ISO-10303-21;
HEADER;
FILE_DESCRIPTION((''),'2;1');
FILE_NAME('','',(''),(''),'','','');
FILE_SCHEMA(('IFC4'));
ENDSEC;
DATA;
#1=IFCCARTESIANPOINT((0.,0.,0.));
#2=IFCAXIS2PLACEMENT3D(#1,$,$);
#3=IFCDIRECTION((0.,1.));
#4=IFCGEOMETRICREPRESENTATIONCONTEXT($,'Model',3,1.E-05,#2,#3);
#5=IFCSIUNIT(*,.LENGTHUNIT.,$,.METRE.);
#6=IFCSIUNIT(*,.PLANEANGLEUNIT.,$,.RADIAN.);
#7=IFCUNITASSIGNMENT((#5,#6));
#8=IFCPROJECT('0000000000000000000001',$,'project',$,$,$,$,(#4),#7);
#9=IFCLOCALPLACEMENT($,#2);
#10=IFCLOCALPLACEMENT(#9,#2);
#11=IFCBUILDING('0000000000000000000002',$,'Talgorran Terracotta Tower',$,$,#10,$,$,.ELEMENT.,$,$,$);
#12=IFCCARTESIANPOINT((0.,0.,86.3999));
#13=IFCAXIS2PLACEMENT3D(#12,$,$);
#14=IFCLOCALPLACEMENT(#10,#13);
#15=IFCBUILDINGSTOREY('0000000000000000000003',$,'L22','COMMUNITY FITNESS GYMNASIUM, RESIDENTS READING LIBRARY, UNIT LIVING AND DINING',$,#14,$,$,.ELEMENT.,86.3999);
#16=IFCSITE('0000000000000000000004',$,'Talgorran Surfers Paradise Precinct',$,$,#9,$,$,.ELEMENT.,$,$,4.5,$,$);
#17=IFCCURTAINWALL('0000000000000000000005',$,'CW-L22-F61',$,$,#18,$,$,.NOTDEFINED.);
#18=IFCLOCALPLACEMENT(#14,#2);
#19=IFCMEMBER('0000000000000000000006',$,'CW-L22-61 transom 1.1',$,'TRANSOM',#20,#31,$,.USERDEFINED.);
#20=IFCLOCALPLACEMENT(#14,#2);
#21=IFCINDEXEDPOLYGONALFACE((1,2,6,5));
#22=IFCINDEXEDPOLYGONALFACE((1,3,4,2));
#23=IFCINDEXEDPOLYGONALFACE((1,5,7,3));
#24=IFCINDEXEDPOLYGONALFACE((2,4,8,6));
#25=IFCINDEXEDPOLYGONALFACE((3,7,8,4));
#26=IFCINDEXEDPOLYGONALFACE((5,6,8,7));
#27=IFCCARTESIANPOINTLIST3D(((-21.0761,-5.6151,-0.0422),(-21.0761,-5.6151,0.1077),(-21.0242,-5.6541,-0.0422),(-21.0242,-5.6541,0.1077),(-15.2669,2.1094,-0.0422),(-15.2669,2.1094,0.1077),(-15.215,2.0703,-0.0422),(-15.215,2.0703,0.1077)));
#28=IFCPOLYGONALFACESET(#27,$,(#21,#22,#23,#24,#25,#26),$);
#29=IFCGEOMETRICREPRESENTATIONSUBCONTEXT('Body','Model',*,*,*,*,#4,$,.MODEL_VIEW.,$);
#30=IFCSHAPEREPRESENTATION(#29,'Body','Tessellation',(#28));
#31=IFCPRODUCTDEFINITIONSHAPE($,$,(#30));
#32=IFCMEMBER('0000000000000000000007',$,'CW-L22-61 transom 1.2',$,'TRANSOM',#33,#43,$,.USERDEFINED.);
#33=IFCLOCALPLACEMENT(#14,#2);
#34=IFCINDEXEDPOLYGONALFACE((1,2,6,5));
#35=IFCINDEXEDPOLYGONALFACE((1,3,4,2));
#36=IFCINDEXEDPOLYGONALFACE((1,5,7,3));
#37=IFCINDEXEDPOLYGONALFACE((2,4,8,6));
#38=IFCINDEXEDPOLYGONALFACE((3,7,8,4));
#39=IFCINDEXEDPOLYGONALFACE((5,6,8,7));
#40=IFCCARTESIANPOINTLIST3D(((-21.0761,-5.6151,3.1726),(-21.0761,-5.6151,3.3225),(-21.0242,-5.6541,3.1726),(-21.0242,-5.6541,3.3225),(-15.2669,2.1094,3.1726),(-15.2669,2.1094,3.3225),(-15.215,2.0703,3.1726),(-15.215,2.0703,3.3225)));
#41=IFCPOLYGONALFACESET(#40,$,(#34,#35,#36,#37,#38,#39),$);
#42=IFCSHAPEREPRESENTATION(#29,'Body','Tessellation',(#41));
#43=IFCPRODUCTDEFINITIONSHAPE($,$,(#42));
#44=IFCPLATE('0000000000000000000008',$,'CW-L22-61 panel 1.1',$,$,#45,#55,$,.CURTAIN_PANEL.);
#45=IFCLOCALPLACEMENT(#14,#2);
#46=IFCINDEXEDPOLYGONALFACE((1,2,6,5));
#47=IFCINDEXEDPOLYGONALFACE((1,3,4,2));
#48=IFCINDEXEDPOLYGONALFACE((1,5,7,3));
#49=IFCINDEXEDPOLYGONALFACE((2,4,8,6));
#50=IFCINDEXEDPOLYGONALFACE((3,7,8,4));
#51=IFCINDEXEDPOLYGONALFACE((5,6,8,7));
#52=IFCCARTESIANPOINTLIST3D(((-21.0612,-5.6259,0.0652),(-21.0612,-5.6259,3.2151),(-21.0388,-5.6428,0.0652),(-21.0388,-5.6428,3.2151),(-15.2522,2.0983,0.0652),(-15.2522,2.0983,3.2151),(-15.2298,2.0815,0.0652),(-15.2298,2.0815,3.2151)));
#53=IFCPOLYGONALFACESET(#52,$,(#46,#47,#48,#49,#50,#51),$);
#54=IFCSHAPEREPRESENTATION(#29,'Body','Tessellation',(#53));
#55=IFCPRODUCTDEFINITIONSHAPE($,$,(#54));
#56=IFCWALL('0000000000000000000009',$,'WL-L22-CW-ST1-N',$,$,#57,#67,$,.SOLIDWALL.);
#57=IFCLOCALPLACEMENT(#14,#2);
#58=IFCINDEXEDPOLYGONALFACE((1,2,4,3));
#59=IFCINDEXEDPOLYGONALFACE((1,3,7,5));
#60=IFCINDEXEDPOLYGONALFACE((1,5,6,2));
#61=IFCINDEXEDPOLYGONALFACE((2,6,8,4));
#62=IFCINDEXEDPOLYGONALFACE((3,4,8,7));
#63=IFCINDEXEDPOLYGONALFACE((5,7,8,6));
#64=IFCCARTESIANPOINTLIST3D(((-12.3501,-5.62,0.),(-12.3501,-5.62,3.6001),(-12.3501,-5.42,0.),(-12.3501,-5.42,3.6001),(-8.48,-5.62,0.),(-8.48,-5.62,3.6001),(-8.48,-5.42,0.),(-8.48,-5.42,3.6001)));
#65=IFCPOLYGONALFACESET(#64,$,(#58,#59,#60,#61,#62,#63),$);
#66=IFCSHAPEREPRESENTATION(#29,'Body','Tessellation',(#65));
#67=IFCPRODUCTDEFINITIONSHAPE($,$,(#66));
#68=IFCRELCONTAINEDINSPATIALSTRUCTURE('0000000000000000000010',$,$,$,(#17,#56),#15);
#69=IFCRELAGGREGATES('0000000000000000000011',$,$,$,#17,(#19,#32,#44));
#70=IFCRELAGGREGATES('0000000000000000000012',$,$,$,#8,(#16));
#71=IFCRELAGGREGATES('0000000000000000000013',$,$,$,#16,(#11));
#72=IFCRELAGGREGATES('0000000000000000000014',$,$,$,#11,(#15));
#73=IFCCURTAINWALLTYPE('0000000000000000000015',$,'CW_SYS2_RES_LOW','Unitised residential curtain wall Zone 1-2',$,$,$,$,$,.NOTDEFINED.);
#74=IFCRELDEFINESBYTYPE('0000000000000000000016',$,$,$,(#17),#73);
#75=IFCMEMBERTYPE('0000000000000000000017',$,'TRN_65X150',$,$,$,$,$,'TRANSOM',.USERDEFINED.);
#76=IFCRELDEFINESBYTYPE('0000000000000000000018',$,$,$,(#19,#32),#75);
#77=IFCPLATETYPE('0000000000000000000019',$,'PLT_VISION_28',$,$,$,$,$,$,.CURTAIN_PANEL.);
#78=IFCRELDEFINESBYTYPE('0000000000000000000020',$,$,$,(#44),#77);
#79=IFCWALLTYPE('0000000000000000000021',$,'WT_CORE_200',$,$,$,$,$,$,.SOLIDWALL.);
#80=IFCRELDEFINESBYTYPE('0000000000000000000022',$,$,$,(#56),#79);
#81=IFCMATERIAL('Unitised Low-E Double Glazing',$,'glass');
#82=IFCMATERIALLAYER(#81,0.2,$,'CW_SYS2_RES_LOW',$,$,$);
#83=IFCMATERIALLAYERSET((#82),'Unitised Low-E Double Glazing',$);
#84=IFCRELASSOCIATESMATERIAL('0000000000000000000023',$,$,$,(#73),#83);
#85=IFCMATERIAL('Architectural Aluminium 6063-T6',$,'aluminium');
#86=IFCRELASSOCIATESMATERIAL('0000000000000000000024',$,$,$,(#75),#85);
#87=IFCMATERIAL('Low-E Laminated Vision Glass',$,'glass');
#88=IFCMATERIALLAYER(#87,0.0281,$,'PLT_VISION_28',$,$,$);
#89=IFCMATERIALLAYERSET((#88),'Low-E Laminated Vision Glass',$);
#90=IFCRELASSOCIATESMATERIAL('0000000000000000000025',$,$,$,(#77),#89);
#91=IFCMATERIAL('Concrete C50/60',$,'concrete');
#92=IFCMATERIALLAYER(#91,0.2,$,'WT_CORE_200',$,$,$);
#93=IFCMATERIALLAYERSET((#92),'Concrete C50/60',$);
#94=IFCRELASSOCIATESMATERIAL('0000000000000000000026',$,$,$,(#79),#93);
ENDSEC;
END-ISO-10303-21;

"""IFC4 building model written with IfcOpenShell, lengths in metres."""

from ifc_helpers import new_model, si_unit, direction, frame, frame_2d, origin, origin_2d, place, context, subcontext, project, spatial, rectangle, extrude, source, transform, mapped, material, layer, layer_set, material_profile, profile_set, type_object, type_shapes, element, aggregate, save


model = new_model("IFC4")

# Units and contexts
model_context = context("Model", 3, precision=1e-05, world=origin(), true_north=direction((0.0, 1.0)))
body_context = subcontext(model_context, "Body", "Model", "MODEL_VIEW")
ifc_project = project(units=[si_unit("LENGTHUNIT", "METRE"), si_unit("PLANEANGLEUNIT", "RADIAN")], contexts=[model_context])

# Site, building, storey
site_placement = place(None, origin())
site = spatial("IfcSite", under=ifc_project, at=site_placement, Name="Talgorran Surfers Paradise Precinct", CompositionType="ELEMENT", RefElevation=4.5)
building_placement = place(site_placement, origin())
building = spatial("IfcBuilding", under=site, at=building_placement, Name="Talgorran Terracotta Tower", CompositionType="ELEMENT")
storey_placement = place(building_placement, frame((0.0, 0.0, 86.3999)))
storey = spatial("IfcBuildingStorey", under=building, at=storey_placement, Name="L22", Description="COMMUNITY FITNESS GYMNASIUM, RESIDENTS READING LIBRARY, UNIT LIVING AND DINING", CompositionType="ELEMENT", Elevation=86.3999)

# Curtain wall, members, plate
ifc_material_1 = material(Name="Unitised Low-E Double Glazing", Category="glass")
ifc_layer_1 = layer(ifc_material_1, 0.2, Name="CW_SYS2_RES_LOW")
ifc_layer_set_1 = layer_set([ifc_layer_1], Name="Unitised Low-E Double Glazing")
curtain_wall_type = type_object("IfcCurtainWallType", Name="CW_SYS2_RES_LOW", Description="Unitised residential curtain wall Zone 1-2", PredefinedType="NOTDEFINED", material=ifc_layer_set_1)
curtain_wall_placement = place(storey_placement, origin())
curtain_wall = element("IfcCurtainWall", 1, at=curtain_wall_placement, inside=storey, type_object=curtain_wall_type, Name="CW-L22-F61", PredefinedType="NOTDEFINED")
ifc_material_2 = material(Name="Architectural Aluminium 6063-T6", Category="aluminium")
ifc_material_profile_1 = material_profile(ifc_material_2, rectangle(XDim=0.0649, YDim=0.1499, at=origin_2d()), Name="CWT65X150")
ifc_profile_set_1 = profile_set([ifc_material_profile_1], Name="Architectural Aluminium 6063-T6")
member_type_1 = type_object("IfcMemberType", Name="TRN_65X150", ElementType="TRANSOM", PredefinedType="USERDEFINED", material=ifc_profile_set_1)
member_1_placement = place(storey_placement, frame((-15.241, 2.0898, 0.0327), z_axis=(-0.601046, -0.799214, 0.0), x_axis=(0.799214, -0.601046, 0.0)))
member_1 = element("IfcMember", 2, at=member_1_placement, type_object=member_type_1, Name="CW-L22-61 transom 1.1", ObjectType="TRANSOM", PredefinedType="USERDEFINED", context=body_context, shape_type="SweptSolid", body=[
    extrude(rectangle(XDim=0.0649, YDim=0.1499, at=origin_2d()), origin(), (0.0, 0.0, 1.0), 9.665),
])
member_2_placement = place(storey_placement, frame((-15.241, 2.0898, 3.2476), z_axis=(-0.601046, -0.799214, 0.0), x_axis=(0.799214, -0.601046, 0.0)))
member_2 = element("IfcMember", 3, at=member_2_placement, type_object=member_type_1, Name="CW-L22-61 transom 1.2", ObjectType="TRANSOM", PredefinedType="USERDEFINED", context=body_context, shape_type="SweptSolid", body=[
    extrude(rectangle(XDim=0.0649, YDim=0.1499, at=origin_2d()), origin(), (0.0, 0.0, 1.0), 9.665),
])
ifc_material_3 = material(Name="Low-E Laminated Vision Glass", Category="glass")
ifc_layer_2 = layer(ifc_material_3, 0.0281, Name="PLT_VISION_28")
ifc_layer_set_2 = layer_set([ifc_layer_2], Name="Low-E Laminated Vision Glass")
plate_type = type_object("IfcPlateType", Name="PLT_VISION_28", PredefinedType="CURTAIN_PANEL", material=ifc_layer_set_2)
shared_shape = source(origin(), body_context, "Body", "SweptSolid", [
    extrude(rectangle(XDim=9.6648, YDim=0.0281, at=origin_2d()), origin(), (0.0, 0.0, 1.0), 3.1499),
])
type_shapes(plate_type, [shared_shape])
plate_placement = place(storey_placement, frame((-18.1455, -1.7722, 0.0652), z_axis=(0.0, 0.0, 1.0), x_axis=(-0.601048, -0.799213, 0.0)))
plate = element("IfcPlate", 4, at=plate_placement, type_object=plate_type, Name="CW-L22-61 panel 1.1", PredefinedType="CURTAIN_PANEL", context=body_context, shape_type="MappedRepresentation", body=[
    mapped(shared_shape, transform((0.0, 0.0, 0.0), scale=1.0)),
])
aggregate(curtain_wall, [member_1, member_2, plate])

# Wall
ifc_material_4 = material(Name="Concrete C50/60", Category="concrete")
ifc_layer_3 = layer(ifc_material_4, 0.2, Name="WT_CORE_200")
ifc_layer_set_3 = layer_set([ifc_layer_3], Name="Concrete C50/60")
wall_type_1 = type_object("IfcWallType", Name="WT_CORE_200", PredefinedType="SOLIDWALL", material=ifc_layer_set_3)
wall_1_placement = place(storey_placement, frame((-12.3501, -5.52, 0.0), z_axis=(0.0, 0.0, 1.0), x_axis=(1.0, 0.0, 0.0)))
element("IfcWall", 5, at=wall_1_placement, inside=storey, type_object=wall_type_1, Name="WL-L22-CW-ST1-N", PredefinedType="SOLIDWALL", context=body_context, shape_type="SweptSolid", body=[
    extrude(rectangle(XDim=3.8701, YDim=0.2, at=frame_2d((1.9351, 0.0))), origin(), (0.0, 0.0, 1.0), 3.6001),
])

save(model, "model.ifc")
